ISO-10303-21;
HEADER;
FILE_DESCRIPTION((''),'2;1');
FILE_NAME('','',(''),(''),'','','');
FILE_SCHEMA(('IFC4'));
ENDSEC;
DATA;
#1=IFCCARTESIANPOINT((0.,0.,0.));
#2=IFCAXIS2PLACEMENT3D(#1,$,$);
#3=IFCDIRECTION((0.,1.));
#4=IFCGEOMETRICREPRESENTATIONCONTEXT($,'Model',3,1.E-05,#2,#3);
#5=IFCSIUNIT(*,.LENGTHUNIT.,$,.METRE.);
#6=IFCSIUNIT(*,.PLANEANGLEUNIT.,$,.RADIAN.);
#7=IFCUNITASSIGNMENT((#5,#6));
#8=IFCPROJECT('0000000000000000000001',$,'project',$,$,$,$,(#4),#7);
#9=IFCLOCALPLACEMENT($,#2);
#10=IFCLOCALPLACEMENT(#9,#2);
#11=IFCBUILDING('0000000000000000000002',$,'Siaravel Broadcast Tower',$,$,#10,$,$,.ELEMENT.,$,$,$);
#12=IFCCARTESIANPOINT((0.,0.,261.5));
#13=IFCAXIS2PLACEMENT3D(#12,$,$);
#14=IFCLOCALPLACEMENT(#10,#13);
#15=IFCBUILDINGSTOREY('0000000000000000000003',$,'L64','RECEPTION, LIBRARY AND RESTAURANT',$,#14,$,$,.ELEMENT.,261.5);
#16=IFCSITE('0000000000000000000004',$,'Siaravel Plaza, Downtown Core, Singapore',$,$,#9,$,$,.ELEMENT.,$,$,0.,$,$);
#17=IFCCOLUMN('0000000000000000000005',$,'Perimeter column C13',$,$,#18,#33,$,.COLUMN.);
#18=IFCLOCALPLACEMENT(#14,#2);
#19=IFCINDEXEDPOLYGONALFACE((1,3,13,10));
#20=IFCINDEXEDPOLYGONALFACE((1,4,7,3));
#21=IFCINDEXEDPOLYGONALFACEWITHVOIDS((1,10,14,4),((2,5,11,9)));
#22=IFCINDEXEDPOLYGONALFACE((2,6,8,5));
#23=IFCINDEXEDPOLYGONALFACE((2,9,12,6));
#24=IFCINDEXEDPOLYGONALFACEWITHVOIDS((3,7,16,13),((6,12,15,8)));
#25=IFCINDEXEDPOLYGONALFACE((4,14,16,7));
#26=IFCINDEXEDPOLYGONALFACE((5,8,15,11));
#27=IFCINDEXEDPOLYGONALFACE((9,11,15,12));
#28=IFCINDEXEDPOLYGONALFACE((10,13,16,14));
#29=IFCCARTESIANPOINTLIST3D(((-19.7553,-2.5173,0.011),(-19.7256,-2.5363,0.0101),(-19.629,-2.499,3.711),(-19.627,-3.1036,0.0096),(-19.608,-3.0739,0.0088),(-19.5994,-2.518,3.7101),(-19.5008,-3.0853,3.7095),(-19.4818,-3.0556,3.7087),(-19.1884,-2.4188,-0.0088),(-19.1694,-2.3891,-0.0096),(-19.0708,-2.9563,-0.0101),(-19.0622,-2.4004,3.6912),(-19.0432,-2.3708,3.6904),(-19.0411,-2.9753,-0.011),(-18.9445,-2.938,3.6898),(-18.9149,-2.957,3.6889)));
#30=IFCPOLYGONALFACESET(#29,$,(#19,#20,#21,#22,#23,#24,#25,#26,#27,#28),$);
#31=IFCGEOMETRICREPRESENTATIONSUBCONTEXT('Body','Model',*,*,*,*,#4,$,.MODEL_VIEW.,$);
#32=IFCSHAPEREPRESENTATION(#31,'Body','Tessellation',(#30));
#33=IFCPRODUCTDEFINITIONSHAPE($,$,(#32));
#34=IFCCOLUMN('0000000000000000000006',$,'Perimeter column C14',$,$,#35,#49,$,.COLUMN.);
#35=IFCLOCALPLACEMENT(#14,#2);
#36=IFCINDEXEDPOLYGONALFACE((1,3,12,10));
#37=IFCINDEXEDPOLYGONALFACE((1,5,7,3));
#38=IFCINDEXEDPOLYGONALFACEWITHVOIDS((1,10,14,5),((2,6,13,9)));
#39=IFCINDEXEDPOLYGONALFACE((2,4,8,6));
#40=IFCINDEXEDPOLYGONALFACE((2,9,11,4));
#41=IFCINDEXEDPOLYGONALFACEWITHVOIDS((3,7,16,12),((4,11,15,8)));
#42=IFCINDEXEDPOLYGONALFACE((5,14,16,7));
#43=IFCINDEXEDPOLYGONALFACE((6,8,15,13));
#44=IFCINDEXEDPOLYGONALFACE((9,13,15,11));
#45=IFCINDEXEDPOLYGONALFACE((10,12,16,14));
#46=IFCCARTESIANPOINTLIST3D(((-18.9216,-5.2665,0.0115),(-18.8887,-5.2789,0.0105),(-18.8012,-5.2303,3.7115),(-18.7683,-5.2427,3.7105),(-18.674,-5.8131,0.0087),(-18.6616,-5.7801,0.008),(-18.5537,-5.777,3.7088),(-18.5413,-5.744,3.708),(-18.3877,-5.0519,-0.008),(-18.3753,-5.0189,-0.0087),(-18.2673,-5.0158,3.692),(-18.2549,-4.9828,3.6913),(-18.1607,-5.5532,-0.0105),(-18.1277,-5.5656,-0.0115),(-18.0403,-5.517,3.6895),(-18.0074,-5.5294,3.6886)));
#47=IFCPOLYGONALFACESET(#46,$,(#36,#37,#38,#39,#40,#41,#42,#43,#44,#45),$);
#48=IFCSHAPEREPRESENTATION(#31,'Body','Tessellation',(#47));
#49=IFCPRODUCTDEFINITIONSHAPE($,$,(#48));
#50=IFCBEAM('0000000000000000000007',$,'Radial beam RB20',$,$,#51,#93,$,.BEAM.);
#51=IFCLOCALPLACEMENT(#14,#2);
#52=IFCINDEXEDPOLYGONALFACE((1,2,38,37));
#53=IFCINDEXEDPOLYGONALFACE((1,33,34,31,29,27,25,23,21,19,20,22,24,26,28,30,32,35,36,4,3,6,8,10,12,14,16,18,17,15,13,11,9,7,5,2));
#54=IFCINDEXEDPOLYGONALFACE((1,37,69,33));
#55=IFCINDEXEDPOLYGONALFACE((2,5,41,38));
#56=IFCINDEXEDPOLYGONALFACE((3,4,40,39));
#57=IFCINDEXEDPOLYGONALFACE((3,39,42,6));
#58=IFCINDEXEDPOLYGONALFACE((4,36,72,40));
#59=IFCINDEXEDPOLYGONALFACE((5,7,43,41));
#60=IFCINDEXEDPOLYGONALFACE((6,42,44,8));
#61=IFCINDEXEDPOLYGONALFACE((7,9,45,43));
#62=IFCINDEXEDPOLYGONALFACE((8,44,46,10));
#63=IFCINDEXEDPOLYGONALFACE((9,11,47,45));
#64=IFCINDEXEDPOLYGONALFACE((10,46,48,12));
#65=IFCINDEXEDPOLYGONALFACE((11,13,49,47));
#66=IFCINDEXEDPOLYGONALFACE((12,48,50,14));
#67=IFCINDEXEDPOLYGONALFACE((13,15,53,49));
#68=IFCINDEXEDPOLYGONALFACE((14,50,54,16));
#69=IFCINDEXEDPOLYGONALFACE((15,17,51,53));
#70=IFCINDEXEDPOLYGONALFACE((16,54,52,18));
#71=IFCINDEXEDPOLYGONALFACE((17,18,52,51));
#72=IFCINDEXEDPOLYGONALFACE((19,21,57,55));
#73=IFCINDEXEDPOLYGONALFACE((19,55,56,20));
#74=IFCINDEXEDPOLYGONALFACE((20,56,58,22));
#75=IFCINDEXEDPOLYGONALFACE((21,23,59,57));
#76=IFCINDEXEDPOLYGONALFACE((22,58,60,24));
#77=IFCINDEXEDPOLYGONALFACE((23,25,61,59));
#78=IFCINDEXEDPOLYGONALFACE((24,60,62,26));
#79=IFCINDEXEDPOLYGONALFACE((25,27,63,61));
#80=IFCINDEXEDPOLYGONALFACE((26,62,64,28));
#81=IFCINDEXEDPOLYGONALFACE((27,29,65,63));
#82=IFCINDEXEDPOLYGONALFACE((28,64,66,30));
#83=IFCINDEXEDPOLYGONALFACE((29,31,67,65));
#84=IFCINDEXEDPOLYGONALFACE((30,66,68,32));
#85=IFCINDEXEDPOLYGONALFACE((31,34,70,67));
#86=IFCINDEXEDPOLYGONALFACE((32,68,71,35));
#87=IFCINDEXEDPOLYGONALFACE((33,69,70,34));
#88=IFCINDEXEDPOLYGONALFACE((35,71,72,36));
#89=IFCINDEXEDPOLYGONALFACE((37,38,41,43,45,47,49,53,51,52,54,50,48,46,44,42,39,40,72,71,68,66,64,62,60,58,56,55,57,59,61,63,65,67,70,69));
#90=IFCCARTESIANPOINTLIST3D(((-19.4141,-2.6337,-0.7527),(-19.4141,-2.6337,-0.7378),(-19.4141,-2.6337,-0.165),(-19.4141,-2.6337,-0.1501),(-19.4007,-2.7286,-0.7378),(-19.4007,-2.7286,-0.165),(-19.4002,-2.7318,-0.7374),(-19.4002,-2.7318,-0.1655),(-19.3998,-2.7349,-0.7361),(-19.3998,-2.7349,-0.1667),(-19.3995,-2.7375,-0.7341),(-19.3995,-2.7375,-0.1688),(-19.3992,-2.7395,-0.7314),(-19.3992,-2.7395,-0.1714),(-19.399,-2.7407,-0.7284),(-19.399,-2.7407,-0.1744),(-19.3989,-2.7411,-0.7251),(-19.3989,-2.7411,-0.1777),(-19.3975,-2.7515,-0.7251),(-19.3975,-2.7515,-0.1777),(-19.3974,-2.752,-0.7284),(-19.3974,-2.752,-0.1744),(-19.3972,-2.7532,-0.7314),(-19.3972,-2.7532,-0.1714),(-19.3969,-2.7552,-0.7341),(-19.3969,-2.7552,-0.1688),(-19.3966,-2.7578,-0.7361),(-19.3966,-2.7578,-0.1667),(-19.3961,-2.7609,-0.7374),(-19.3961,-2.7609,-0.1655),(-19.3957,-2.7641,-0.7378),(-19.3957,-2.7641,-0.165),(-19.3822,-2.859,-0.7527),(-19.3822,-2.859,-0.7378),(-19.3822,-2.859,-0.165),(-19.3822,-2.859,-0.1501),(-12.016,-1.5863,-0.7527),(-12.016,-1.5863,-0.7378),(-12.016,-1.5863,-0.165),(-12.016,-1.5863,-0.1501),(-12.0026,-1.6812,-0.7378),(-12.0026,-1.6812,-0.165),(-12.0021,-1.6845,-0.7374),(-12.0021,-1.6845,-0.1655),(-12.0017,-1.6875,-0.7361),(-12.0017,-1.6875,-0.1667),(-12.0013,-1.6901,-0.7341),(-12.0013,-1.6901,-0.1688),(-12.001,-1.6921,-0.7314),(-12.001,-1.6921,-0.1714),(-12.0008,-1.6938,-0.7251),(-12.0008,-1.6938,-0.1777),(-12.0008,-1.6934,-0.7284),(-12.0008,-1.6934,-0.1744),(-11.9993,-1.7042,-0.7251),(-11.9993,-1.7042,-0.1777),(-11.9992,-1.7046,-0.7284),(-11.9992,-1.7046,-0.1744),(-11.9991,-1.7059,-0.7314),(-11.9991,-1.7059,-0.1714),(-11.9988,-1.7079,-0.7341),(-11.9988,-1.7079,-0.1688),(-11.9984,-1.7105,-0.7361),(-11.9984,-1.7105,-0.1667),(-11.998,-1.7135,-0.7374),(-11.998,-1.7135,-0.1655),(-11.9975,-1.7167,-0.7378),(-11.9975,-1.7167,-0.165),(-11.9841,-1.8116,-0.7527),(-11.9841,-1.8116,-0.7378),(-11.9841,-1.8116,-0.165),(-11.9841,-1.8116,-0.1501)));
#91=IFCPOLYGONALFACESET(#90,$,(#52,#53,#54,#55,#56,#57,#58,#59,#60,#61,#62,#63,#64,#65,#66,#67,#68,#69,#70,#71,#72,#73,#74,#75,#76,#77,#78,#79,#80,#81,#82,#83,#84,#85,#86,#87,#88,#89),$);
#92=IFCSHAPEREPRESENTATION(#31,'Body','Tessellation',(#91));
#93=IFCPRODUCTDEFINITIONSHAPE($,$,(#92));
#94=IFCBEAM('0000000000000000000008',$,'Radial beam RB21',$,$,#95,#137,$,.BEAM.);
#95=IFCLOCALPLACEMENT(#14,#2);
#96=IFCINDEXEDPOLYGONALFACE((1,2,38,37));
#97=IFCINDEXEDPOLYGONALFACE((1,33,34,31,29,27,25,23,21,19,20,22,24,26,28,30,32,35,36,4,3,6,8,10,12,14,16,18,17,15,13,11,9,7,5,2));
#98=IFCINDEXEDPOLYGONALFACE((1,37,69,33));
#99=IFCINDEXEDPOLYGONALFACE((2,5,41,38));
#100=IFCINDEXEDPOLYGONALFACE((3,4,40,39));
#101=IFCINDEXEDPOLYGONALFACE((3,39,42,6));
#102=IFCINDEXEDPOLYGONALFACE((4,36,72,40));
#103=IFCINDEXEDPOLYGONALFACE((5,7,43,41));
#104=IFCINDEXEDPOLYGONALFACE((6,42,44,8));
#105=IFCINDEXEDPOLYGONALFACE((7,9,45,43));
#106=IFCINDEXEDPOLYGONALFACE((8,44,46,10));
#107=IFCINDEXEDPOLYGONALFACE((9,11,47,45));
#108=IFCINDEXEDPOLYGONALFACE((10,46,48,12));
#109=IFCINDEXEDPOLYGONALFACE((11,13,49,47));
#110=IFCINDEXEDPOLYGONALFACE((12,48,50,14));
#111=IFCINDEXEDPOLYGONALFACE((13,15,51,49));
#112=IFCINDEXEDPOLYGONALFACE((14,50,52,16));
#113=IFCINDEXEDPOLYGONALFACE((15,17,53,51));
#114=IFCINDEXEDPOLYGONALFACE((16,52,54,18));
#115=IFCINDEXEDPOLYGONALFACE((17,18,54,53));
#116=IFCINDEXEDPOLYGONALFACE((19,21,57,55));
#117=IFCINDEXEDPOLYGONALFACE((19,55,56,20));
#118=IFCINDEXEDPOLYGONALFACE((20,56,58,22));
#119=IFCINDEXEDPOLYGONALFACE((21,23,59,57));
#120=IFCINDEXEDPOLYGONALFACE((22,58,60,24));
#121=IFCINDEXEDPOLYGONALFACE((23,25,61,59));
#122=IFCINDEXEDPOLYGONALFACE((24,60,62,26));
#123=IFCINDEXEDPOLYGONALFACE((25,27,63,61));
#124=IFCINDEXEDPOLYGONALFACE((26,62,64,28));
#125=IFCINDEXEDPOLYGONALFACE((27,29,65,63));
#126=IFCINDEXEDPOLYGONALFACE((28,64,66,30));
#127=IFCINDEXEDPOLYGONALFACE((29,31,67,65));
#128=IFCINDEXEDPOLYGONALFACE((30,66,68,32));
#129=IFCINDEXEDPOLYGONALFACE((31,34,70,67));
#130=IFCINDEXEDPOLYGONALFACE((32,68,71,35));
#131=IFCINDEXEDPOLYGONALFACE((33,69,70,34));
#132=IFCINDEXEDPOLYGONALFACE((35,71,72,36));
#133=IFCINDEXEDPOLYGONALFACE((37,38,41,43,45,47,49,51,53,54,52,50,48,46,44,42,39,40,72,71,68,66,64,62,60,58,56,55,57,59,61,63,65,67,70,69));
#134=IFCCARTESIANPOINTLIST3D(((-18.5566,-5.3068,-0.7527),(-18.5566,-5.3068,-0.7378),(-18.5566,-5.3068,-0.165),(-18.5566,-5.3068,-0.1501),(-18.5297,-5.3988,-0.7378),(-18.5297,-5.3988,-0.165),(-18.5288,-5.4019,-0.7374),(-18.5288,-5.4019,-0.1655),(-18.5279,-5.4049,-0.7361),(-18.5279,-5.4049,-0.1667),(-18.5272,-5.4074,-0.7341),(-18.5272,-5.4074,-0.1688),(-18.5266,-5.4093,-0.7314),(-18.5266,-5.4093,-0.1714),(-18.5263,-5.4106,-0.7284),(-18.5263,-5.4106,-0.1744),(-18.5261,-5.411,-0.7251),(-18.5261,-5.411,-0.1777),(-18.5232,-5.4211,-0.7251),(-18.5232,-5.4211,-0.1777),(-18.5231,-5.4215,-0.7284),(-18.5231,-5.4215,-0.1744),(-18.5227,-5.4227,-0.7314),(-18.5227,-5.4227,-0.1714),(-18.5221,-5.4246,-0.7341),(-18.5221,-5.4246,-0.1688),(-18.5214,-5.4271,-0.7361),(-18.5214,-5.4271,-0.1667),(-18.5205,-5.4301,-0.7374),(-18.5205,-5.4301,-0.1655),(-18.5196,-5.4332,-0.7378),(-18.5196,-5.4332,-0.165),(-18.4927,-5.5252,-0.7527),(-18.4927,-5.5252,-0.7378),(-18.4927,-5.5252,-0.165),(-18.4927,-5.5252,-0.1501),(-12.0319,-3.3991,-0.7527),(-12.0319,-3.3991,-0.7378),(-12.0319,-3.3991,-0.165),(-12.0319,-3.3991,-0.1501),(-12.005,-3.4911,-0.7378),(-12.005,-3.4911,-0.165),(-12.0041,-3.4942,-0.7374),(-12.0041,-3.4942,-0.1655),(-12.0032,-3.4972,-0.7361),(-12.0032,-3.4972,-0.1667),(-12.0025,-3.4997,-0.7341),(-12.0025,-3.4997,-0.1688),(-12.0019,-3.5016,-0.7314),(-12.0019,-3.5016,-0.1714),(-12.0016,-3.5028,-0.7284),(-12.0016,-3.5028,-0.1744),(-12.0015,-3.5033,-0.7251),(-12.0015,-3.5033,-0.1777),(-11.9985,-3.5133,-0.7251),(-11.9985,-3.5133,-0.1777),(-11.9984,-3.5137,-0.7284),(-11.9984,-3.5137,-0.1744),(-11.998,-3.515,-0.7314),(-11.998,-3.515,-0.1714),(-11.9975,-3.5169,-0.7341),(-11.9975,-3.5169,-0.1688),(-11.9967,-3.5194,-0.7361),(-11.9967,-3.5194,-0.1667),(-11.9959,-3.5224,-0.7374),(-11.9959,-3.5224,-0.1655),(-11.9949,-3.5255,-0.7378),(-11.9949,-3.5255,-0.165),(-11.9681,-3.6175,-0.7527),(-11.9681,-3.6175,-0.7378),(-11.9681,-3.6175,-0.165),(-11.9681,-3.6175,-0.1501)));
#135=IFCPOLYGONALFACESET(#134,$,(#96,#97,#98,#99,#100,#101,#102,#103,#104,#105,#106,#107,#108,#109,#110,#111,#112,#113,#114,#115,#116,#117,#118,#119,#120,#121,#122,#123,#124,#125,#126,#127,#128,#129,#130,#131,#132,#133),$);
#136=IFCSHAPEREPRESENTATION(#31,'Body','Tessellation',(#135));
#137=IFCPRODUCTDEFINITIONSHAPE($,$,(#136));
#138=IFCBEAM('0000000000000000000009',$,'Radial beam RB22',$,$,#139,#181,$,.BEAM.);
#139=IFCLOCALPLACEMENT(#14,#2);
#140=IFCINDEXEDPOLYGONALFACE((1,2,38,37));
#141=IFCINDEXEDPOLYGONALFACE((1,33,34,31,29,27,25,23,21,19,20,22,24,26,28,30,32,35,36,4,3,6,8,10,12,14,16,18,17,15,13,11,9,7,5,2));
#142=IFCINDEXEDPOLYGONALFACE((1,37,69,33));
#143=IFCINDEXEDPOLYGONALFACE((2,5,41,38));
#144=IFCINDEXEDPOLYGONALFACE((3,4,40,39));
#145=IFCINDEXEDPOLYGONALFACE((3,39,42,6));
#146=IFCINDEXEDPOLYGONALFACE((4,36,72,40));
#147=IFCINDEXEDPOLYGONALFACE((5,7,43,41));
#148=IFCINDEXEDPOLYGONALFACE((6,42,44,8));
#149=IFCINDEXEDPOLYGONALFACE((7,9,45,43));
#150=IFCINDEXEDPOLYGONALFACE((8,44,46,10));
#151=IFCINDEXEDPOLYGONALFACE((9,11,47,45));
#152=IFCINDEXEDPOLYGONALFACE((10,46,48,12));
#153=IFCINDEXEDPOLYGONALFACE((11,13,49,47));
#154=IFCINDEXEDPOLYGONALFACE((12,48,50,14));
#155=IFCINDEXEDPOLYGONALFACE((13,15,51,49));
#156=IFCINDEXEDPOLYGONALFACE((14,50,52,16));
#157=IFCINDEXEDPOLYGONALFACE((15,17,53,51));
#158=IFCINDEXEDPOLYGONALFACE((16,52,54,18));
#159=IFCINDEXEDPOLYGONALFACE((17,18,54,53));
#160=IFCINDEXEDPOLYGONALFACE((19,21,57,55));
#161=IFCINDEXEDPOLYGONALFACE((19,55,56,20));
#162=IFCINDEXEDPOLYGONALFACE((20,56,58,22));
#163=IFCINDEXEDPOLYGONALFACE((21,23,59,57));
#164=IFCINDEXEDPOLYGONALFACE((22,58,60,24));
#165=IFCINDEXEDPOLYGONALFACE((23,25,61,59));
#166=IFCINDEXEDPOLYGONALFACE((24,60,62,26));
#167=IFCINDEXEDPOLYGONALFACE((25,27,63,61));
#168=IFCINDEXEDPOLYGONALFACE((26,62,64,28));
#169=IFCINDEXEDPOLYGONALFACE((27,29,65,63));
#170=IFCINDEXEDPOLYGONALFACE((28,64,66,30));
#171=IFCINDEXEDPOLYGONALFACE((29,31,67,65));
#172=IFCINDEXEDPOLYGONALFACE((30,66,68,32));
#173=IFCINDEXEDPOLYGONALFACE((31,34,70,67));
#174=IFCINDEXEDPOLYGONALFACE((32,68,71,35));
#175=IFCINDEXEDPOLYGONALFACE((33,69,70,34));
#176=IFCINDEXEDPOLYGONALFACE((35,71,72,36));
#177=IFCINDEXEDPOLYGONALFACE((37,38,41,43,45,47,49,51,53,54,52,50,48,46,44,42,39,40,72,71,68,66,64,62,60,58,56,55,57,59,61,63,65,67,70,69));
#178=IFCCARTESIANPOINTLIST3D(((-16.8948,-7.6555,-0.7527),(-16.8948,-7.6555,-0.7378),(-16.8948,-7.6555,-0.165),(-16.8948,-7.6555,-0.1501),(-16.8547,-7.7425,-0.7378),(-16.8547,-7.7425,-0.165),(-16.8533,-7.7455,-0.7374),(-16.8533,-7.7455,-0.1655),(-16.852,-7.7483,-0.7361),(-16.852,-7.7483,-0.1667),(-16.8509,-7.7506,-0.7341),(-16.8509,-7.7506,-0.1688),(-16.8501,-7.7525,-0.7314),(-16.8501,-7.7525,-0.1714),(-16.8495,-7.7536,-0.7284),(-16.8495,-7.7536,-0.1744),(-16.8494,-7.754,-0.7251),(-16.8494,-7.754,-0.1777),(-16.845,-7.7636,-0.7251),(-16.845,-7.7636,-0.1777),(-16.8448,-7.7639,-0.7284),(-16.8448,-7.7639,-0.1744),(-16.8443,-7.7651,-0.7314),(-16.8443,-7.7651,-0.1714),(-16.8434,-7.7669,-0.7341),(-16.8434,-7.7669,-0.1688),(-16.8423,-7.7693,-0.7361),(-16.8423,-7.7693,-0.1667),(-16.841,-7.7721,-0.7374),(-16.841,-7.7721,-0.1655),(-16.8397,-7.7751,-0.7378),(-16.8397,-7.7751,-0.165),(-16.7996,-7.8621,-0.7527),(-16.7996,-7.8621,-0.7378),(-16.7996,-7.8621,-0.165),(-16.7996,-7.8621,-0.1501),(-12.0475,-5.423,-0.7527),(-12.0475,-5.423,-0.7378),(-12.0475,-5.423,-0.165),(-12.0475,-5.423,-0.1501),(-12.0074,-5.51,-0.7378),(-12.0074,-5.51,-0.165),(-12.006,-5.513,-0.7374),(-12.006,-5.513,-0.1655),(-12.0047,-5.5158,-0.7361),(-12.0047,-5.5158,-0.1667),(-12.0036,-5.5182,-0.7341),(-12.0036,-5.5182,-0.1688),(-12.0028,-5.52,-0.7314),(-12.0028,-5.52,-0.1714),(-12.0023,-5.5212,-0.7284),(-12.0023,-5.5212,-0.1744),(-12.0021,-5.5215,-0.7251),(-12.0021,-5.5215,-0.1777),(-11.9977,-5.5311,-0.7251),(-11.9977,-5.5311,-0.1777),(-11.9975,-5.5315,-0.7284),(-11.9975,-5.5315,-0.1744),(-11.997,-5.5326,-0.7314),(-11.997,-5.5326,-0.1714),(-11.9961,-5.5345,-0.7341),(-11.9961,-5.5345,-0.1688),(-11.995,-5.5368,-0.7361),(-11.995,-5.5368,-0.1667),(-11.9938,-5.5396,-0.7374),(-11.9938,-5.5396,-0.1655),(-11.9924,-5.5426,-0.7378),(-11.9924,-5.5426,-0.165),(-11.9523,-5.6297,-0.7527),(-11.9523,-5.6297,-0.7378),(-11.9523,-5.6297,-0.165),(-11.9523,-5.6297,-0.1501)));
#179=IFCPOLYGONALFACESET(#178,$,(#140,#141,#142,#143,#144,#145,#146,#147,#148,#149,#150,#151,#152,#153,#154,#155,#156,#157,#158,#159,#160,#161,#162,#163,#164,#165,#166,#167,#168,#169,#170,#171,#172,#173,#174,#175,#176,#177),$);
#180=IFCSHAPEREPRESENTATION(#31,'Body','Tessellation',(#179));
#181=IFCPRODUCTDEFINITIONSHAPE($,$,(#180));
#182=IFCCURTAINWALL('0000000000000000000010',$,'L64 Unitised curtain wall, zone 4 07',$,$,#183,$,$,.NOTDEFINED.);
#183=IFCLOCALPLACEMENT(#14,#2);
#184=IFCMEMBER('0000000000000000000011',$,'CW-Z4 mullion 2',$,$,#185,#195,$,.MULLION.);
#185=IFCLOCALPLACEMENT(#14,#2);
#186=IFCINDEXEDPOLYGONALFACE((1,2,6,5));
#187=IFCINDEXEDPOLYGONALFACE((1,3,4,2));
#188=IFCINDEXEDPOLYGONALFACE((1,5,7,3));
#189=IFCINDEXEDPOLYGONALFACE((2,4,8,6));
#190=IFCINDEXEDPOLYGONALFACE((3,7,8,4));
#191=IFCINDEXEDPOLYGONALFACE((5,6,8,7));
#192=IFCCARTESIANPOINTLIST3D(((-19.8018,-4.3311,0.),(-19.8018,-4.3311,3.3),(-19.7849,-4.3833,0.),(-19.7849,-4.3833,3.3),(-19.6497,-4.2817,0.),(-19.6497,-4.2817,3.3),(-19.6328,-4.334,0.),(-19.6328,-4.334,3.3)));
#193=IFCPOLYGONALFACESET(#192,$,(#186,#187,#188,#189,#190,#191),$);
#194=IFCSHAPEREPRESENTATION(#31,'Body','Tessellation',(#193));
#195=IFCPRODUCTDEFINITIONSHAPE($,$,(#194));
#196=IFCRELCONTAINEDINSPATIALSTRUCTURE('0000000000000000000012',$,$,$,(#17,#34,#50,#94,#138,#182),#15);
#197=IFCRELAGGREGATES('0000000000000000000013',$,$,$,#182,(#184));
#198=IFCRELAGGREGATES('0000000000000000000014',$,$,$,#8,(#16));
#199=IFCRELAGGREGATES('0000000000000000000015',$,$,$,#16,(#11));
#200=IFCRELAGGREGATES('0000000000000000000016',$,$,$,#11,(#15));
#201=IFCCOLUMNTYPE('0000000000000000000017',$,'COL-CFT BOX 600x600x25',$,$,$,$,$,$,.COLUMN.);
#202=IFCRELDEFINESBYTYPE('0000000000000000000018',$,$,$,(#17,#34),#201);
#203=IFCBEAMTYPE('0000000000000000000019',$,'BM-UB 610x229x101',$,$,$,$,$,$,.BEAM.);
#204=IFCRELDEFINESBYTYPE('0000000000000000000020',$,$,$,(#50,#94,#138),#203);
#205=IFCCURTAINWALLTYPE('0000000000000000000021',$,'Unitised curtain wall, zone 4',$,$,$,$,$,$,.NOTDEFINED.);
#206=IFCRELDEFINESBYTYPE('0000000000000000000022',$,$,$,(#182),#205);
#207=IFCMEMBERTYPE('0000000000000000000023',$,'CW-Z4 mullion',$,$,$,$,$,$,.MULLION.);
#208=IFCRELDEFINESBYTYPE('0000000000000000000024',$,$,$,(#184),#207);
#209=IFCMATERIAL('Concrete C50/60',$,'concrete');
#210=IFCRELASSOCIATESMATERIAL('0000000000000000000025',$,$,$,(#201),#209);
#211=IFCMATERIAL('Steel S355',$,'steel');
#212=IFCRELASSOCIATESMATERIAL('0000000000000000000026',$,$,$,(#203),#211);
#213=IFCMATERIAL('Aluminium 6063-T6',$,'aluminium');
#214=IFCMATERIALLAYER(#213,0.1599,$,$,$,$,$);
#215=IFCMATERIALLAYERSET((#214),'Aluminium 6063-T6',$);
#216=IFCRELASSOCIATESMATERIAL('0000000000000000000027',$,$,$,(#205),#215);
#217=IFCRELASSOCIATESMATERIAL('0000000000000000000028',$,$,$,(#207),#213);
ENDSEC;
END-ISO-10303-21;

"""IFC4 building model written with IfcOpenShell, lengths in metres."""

from ifc_helpers import new_model, si_unit, direction, frame, origin, origin_2d, place, context, subcontext, project, spatial, rectangle, hollow_rectangle, i_section, extrude, material, layer, layer_set, material_profile, profile_set, type_object, element, aggregate, save


model = new_model("IFC4")

# Units and contexts
model_context = context("Model", 3, precision=1e-05, world=origin(), true_north=direction((0.0, 1.0)))
body_context = subcontext(model_context, "Body", "Model", "MODEL_VIEW")
ifc_project = project(units=[si_unit("LENGTHUNIT", "METRE"), si_unit("PLANEANGLEUNIT", "RADIAN")], contexts=[model_context])

# Site, building, storey
site_placement = place(None, origin())
site = spatial("IfcSite", under=ifc_project, at=site_placement, Name="Siaravel Plaza, Downtown Core, Singapore", CompositionType="ELEMENT", RefElevation=0.0)
building_placement = place(site_placement, origin())
building = spatial("IfcBuilding", under=site, at=building_placement, Name="Siaravel Broadcast Tower", CompositionType="ELEMENT")
storey_placement = place(building_placement, frame((0.0, 0.0, 261.5)))
storey = spatial("IfcBuildingStorey", under=building, at=storey_placement, Name="L64", Description="RECEPTION, LIBRARY AND RESTAURANT", CompositionType="ELEMENT", Elevation=261.5)

# Columns
ifc_material_1 = material(Name="Concrete C50/60", Category="concrete")
ifc_material_profile_1 = material_profile(ifc_material_1, hollow_rectangle(XDim=0.6001, YDim=0.6001, WallThickness=0.0249, at=origin_2d()))
ifc_profile_set_1 = profile_set([ifc_material_profile_1], Name="Concrete C50/60")
column_type = type_object("IfcColumnType", Name="COL-CFT BOX 600x600x25", PredefinedType="COLUMN", material=ifc_profile_set_1)
for number, where, z_axis, x_axis, name in (
    (1, (-19.3982, -2.7463, 0.0), (0.034094, 0.004946, 0.999406), (-0.213742, 0.976887, 0.002457), "Perimeter column C13"),
    (2, (-18.5247, -5.416, 0.0), (0.032512, 0.00976, 0.999424), (-0.412568, 0.910915, 0.004525), "Perimeter column C14"),
):
    element("IfcColumn", number, at=place(storey_placement, frame(where, z_axis=z_axis, x_axis=x_axis)), inside=storey, type_object=column_type, Name=name, PredefinedType="COLUMN", context=body_context, shape_type="SweptSolid", body=[
        extrude(hollow_rectangle(XDim=0.6001, YDim=0.6001, WallThickness=0.0249, at=origin_2d()), origin(), (0.0, 0.0, 1.0), 3.7021),
    ])

# Beams
ifc_material_2 = material(Name="Steel S355", Category="steel")
ifc_material_profile_2 = material_profile(ifc_material_2, i_section(OverallWidth=0.2275, OverallDepth=0.6025, WebThickness=0.0105, FlangeThickness=0.0149, FilletRadius=0.0127, at=origin_2d()))
ifc_profile_set_2 = profile_set([ifc_material_profile_2], Name="Steel S355")
beam_type = type_object("IfcBeamType", Name="BM-UB 610x229x101", PredefinedType="BEAM", material=ifc_profile_set_2)
beam_1_placement = place(storey_placement, frame((-19.3982, -2.7463, -0.4514), z_axis=(0.990127, 0.140172, 0.0), x_axis=(-0.140172, 0.990127, 0.0)))
element("IfcBeam", 3, at=beam_1_placement, inside=storey, type_object=beam_type, Name="Radial beam RB20", PredefinedType="BEAM", context=body_context, shape_type="SweptSolid", body=[
    extrude(i_section(OverallWidth=0.2275, OverallDepth=0.6025, WebThickness=0.0105, FlangeThickness=0.0149, FilletRadius=0.0127, at=origin_2d()), origin(), (0.0, 0.0, 1.0), 7.4719),
])
beam_2_placement = place(storey_placement, frame((-18.5247, -5.416, -0.4514), z_axis=(0.959814, 0.280636, 0.0), x_axis=(-0.280636, 0.959814, 0.0)))
element("IfcBeam", 4, at=beam_2_placement, inside=storey, type_object=beam_type, Name="Radial beam RB21", PredefinedType="BEAM", context=body_context, shape_type="SweptSolid", body=[
    extrude(i_section(OverallWidth=0.2275, OverallDepth=0.6025, WebThickness=0.0105, FlangeThickness=0.0149, FilletRadius=0.0127, at=origin_2d()), origin(), (0.0, 0.0, 1.0), 6.7979),
])
beam_3_placement = place(storey_placement, frame((-16.8472, -7.7588, -0.4514), z_axis=(0.908297, 0.418327, 0.0), x_axis=(-0.418327, 0.908297, 0.0)))
element("IfcBeam", 5, at=beam_3_placement, inside=storey, type_object=beam_type, Name="Radial beam RB22", PredefinedType="BEAM", context=body_context, shape_type="SweptSolid", body=[
    extrude(i_section(OverallWidth=0.2275, OverallDepth=0.6025, WebThickness=0.0105, FlangeThickness=0.0149, FilletRadius=0.0127, at=origin_2d()), origin(), (0.0, 0.0, 1.0), 5.3367),
])

# Curtain wall, member
ifc_material_3 = material(Name="Aluminium 6063-T6", Category="aluminium")
ifc_layer_1 = layer(ifc_material_3, 0.1599)
ifc_layer_set_1 = layer_set([ifc_layer_1], Name="Aluminium 6063-T6")
curtain_wall_type = type_object("IfcCurtainWallType", Name="Unitised curtain wall, zone 4", PredefinedType="NOTDEFINED", material=ifc_layer_set_1)
curtain_wall_placement = place(storey_placement, origin())
curtain_wall = element("IfcCurtainWall", 6, at=curtain_wall_placement, inside=storey, type_object=curtain_wall_type, Name="L64 Unitised curtain wall, zone 4 07", PredefinedType="NOTDEFINED")
ifc_material_profile_3 = material_profile(ifc_material_3, rectangle(XDim=0.1599, YDim=0.0549, at=origin_2d()))
ifc_profile_set_3 = profile_set([ifc_material_profile_3], Name="Aluminium 6063-T6")
member_type_1 = type_object("IfcMemberType", Name="CW-Z4 mullion", PredefinedType="MULLION", material=ifc_profile_set_3)
member_1_placement = place(storey_placement, frame((-19.7173, -4.3325, 0.0), z_axis=(0.0, 0.0, 1.0), x_axis=(0.951178, 0.308644, 0.0)))
member_1 = element("IfcMember", 7, at=member_1_placement, type_object=member_type_1, Name="CW-Z4 mullion 2", PredefinedType="MULLION", context=body_context, shape_type="SweptSolid", body=[
    extrude(rectangle(XDim=0.1599, YDim=0.0549, at=origin_2d()), origin(), (0.0, 0.0, 1.0), 3.3),
])

aggregate(curtain_wall, [member_1])

save(model, "model.ifc")
